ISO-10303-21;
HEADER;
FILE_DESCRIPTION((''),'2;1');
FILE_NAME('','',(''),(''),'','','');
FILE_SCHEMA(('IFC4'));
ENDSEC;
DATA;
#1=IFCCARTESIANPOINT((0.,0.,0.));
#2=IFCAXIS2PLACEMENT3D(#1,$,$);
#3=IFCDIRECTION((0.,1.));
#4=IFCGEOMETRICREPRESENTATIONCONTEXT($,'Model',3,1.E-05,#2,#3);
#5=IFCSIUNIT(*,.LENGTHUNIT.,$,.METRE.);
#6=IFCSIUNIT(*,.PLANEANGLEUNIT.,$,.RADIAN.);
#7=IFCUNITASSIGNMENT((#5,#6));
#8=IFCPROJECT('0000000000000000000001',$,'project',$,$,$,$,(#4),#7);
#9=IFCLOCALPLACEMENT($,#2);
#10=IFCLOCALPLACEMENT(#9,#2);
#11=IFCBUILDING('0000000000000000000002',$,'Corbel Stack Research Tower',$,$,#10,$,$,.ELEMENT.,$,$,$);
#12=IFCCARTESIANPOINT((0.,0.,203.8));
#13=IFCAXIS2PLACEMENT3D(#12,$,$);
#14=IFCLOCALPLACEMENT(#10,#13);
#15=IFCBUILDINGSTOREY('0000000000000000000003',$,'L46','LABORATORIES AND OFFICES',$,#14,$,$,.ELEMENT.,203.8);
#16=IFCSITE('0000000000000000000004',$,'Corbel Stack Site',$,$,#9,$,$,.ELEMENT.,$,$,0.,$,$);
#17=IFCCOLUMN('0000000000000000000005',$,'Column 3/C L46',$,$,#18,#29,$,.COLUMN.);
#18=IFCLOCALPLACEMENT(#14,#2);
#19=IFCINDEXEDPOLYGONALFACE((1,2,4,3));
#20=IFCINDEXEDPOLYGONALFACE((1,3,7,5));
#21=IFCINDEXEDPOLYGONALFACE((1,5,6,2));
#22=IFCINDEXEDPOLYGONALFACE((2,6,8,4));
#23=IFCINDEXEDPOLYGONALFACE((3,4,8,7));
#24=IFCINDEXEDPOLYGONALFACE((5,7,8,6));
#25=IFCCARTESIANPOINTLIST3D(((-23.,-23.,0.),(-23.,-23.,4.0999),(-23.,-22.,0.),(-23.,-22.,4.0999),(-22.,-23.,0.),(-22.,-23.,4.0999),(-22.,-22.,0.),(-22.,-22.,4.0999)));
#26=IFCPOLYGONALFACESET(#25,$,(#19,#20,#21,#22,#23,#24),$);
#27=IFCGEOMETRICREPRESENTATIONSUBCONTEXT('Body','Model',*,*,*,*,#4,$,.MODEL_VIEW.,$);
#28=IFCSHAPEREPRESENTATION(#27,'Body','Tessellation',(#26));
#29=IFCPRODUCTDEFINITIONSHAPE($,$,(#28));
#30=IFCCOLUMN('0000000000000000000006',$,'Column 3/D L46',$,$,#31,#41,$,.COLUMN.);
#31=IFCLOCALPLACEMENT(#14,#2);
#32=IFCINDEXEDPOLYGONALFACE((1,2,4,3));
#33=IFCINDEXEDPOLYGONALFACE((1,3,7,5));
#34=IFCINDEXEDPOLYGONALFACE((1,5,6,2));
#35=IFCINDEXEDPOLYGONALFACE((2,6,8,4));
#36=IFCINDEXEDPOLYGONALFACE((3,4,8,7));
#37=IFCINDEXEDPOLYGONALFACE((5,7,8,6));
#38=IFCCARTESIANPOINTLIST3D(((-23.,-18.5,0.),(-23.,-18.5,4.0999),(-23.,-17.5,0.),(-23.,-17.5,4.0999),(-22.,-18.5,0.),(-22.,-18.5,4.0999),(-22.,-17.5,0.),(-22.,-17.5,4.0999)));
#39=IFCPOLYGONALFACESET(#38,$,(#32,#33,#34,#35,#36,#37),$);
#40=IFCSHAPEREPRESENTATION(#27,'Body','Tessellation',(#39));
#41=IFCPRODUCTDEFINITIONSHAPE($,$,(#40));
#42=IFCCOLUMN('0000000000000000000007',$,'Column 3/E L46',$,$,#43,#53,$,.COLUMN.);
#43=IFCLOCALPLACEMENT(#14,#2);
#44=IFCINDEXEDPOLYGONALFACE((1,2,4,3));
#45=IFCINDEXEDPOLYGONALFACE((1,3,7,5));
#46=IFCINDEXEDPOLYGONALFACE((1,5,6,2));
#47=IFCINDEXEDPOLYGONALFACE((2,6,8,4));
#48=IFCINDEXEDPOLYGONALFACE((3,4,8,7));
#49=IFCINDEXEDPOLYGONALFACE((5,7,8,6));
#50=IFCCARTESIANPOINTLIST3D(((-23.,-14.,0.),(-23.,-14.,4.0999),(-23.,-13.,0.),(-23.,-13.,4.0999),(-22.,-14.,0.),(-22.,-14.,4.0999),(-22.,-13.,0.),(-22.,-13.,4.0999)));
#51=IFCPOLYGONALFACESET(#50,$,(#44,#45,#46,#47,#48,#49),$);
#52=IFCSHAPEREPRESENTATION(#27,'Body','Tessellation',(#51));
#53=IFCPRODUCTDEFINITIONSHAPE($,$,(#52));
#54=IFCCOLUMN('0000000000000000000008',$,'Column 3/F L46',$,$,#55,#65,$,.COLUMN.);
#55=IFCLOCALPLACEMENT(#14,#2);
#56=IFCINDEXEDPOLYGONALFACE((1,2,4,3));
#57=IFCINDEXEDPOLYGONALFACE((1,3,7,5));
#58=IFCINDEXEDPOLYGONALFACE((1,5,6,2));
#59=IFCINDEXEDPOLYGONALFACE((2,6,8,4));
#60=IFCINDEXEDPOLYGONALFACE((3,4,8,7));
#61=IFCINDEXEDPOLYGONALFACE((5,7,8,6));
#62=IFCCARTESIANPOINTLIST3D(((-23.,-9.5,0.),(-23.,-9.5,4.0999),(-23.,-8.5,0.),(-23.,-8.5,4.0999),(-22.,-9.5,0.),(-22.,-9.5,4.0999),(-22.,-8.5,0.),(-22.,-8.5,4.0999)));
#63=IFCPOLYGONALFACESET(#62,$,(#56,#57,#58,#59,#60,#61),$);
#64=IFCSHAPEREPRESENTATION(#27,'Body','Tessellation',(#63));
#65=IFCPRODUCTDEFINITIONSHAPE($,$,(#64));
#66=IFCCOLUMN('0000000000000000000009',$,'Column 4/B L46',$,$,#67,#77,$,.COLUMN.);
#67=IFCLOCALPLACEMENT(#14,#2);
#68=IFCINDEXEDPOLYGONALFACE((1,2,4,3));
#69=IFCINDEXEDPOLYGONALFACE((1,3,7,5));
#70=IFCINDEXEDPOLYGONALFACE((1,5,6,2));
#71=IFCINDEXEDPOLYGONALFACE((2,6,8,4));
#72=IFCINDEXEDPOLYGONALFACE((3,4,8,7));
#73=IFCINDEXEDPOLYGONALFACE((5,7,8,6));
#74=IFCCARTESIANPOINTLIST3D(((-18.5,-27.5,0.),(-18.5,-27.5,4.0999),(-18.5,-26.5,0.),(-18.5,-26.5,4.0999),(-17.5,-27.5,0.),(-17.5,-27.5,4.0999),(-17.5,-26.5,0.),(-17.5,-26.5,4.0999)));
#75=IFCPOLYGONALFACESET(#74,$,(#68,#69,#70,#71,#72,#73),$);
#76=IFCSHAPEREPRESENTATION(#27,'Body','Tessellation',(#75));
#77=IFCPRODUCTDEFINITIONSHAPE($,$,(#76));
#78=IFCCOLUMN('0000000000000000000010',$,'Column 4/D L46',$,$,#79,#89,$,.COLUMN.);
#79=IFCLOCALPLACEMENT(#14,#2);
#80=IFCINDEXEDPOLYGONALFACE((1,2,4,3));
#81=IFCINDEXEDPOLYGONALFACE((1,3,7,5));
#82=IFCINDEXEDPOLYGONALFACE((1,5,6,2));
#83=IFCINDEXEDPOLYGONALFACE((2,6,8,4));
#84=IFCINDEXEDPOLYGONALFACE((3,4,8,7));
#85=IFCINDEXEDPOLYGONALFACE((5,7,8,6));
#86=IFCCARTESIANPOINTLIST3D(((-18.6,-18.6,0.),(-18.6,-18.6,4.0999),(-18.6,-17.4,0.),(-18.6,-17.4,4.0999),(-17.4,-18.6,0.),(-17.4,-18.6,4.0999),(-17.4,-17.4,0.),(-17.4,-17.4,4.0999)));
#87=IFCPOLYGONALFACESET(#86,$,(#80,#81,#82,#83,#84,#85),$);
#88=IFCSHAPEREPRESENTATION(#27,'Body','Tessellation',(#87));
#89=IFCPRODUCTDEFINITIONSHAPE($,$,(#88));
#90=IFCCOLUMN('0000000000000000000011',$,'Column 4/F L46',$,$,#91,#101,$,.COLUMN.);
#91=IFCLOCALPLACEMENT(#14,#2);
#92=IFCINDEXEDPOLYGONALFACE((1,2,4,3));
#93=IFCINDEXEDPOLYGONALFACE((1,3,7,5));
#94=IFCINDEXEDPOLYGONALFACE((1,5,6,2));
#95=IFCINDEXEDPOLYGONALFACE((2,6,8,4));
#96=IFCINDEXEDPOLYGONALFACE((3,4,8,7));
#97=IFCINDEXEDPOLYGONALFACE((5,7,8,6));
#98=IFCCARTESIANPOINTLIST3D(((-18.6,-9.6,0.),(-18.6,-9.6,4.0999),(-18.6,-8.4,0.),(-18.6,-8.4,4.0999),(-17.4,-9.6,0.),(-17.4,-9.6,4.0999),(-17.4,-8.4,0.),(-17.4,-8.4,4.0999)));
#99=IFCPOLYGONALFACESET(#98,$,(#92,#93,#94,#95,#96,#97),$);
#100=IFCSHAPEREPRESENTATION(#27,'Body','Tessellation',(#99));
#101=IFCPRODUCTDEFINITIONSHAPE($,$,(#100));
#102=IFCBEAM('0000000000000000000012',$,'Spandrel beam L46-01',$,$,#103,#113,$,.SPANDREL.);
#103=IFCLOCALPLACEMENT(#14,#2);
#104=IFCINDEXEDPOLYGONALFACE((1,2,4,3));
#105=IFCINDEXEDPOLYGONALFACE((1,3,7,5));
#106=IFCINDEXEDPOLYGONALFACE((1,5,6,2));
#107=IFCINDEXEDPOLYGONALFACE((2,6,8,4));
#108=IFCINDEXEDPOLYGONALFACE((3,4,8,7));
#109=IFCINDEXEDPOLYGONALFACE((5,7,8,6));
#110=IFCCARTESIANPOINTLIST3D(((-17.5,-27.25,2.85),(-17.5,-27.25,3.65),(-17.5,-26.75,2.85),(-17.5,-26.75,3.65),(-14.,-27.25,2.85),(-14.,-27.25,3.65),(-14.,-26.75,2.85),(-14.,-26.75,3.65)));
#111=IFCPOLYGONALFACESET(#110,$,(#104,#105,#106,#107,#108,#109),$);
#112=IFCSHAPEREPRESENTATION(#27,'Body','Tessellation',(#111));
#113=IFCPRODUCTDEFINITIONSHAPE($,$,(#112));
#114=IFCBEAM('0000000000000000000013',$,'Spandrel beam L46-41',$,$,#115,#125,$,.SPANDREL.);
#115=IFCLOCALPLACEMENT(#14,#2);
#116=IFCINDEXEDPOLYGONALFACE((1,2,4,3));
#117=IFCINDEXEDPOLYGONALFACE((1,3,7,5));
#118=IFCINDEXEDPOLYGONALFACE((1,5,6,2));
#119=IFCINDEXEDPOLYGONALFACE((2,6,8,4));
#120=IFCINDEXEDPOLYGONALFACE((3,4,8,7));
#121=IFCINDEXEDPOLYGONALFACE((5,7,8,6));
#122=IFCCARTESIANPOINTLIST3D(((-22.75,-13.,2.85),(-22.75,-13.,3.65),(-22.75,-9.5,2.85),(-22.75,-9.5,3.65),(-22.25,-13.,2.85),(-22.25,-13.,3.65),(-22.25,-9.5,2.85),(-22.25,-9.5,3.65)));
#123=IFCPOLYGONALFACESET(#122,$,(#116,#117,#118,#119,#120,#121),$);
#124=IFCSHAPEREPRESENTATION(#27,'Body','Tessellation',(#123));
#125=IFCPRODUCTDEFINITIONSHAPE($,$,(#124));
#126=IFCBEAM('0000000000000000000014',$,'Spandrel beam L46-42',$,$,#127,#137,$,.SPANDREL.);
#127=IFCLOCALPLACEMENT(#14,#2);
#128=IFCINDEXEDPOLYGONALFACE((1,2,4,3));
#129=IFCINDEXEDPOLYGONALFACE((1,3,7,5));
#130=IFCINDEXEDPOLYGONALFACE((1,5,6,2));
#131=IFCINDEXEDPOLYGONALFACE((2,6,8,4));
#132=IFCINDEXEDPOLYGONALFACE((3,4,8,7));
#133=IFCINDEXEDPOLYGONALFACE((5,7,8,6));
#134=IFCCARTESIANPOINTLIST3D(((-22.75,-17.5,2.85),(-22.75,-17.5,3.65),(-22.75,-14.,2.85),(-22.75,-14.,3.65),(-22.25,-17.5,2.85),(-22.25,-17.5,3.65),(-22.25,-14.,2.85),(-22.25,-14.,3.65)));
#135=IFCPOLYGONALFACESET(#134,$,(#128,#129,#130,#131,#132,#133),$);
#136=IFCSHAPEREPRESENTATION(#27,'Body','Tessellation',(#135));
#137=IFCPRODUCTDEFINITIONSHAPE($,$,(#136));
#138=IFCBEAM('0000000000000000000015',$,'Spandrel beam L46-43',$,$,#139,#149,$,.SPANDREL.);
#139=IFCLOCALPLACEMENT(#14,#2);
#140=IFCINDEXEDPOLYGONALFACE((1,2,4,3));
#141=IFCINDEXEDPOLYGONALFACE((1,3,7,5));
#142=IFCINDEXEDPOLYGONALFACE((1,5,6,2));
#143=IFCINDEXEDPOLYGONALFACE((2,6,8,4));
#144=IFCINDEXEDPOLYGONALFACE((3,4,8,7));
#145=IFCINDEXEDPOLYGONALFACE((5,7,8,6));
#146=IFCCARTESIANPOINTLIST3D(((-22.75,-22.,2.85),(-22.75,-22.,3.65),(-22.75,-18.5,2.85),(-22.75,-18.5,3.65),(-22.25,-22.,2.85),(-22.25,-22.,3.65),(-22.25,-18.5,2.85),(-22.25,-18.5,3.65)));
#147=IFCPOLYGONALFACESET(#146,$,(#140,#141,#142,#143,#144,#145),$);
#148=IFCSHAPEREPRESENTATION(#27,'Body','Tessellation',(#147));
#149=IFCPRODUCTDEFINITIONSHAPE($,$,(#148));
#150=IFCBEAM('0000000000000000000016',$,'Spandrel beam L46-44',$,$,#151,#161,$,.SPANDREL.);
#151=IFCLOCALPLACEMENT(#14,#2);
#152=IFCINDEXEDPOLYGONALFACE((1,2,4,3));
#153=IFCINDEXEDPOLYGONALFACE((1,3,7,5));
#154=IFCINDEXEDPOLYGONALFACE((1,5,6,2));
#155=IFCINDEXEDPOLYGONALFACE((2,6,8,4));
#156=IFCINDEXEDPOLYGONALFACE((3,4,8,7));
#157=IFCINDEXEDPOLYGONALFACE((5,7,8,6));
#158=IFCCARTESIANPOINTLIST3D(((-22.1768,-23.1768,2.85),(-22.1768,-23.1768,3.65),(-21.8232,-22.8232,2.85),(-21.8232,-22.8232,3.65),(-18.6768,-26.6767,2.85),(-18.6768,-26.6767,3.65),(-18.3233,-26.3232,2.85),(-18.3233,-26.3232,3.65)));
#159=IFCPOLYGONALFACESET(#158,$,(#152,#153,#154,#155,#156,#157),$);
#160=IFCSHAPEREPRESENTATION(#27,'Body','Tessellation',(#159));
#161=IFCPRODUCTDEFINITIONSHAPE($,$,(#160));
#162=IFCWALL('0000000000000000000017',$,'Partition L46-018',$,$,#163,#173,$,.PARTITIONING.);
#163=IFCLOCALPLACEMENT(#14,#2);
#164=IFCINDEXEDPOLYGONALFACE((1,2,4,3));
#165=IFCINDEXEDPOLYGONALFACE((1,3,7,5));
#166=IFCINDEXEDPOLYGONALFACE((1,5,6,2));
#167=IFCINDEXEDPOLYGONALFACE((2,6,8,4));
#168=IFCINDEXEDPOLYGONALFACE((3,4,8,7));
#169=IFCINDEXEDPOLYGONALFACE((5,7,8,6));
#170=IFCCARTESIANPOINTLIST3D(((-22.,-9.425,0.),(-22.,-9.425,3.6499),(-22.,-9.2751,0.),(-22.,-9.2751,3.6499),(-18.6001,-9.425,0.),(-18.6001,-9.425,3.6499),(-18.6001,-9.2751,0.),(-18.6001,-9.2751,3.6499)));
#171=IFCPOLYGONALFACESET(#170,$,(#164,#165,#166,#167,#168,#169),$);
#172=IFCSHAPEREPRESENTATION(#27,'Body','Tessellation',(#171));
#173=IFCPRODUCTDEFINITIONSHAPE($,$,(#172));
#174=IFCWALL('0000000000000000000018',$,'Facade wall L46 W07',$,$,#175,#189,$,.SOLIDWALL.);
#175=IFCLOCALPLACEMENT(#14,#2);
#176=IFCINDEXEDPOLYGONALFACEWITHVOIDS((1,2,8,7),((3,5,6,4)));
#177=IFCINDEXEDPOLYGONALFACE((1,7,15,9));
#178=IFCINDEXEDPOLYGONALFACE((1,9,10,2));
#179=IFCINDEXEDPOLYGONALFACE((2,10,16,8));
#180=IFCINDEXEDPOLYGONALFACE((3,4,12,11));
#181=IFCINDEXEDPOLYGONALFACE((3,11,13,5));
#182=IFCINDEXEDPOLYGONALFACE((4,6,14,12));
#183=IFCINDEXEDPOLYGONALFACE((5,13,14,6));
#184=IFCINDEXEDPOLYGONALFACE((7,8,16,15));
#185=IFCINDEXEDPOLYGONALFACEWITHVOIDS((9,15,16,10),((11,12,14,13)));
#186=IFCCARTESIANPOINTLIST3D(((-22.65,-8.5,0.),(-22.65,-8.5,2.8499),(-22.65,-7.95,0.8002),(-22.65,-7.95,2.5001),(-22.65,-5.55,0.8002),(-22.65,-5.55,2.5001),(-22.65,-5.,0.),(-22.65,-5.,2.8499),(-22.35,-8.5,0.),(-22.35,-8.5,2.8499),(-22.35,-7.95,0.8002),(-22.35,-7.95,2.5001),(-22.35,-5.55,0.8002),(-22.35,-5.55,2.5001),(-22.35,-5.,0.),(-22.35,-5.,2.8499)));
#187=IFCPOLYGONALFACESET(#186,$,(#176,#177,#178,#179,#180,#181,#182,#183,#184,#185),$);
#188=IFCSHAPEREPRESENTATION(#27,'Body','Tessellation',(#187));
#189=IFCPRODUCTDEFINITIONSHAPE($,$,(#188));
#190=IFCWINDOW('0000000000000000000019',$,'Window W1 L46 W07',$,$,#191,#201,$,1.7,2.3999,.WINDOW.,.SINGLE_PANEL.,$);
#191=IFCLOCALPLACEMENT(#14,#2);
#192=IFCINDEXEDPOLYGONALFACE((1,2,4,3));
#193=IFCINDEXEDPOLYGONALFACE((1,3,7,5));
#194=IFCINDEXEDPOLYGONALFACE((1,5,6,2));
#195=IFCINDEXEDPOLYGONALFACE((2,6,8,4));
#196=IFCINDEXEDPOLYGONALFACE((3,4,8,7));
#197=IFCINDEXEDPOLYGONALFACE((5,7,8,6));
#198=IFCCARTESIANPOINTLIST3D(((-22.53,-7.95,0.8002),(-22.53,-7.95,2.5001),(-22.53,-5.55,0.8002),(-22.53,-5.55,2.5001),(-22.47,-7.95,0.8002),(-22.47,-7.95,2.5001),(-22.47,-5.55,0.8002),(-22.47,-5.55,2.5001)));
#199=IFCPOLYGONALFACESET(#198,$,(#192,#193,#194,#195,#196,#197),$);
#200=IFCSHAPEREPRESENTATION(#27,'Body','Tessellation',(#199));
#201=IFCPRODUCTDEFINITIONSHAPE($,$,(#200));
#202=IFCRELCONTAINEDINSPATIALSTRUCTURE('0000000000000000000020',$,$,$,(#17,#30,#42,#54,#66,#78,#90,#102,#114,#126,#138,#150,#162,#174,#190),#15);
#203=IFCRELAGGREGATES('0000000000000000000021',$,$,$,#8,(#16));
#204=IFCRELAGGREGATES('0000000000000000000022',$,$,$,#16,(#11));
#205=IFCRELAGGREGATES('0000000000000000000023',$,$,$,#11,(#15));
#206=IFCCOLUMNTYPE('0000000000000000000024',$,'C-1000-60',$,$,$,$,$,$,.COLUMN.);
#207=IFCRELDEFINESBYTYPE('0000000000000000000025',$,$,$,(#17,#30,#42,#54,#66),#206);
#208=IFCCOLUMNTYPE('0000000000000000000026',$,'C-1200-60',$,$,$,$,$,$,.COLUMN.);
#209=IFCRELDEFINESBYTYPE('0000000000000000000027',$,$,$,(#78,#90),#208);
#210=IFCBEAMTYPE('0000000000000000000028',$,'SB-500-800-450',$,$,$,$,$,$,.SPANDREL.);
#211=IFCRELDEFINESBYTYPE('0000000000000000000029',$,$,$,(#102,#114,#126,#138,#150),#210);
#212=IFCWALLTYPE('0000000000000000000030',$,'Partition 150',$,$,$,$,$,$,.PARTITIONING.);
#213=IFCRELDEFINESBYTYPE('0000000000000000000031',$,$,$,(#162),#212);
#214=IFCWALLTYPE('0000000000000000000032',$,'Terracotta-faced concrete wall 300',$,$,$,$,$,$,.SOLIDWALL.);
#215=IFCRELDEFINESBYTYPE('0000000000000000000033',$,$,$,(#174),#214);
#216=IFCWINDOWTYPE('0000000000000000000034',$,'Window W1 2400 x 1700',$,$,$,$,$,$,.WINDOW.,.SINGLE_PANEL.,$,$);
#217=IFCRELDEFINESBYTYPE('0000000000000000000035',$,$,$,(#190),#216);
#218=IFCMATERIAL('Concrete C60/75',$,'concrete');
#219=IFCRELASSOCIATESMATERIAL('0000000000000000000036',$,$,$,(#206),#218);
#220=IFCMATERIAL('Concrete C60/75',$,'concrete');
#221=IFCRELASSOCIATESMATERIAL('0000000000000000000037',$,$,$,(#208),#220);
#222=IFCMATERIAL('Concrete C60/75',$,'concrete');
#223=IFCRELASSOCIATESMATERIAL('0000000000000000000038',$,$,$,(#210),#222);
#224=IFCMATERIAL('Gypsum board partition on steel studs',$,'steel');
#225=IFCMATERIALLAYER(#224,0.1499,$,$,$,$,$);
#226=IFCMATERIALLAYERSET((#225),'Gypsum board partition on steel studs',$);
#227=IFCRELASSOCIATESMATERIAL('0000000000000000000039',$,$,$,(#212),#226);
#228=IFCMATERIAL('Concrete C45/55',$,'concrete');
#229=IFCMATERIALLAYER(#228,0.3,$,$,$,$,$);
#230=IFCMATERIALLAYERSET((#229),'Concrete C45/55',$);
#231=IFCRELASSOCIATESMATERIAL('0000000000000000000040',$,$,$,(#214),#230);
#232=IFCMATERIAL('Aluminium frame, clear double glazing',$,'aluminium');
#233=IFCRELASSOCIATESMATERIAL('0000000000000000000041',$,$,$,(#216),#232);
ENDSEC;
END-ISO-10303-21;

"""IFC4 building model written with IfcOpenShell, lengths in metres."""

from ifc_helpers import new_model, si_unit, direction, frame, frame_2d, origin, origin_2d, place, context, subcontext, project, spatial, rectangle, extrude, material, layer, layer_set, material_profile, profile_set, type_object, element, fill, save


model = new_model("IFC4")

# Units and contexts
model_context = context("Model", 3, precision=1e-05, world=origin(), true_north=direction((0.0, 1.0)))
body_context = subcontext(model_context, "Body", "Model", "MODEL_VIEW")
ifc_project = project(units=[si_unit("LENGTHUNIT", "METRE"), si_unit("PLANEANGLEUNIT", "RADIAN")], contexts=[model_context])

# Site, building, storey
site_placement = place(None, origin())
site = spatial("IfcSite", under=ifc_project, at=site_placement, Name="Corbel Stack Site", CompositionType="ELEMENT", RefElevation=0.0)
building_placement = place(site_placement, origin())
building = spatial("IfcBuilding", under=site, at=building_placement, Name="Corbel Stack Research Tower", CompositionType="ELEMENT")
storey_placement = place(building_placement, frame((0.0, 0.0, 203.8)))
storey = spatial("IfcBuildingStorey", under=building, at=storey_placement, Name="L46", Description="LABORATORIES AND OFFICES", CompositionType="ELEMENT", Elevation=203.8)

# Columns
ifc_material_1 = material(Name="Concrete C60/75", Category="concrete")
ifc_material_profile_1 = material_profile(ifc_material_1, rectangle(XDim=1.0, YDim=1.0, at=origin_2d()), Name="RC 1000 x 1000")
ifc_profile_set_1 = profile_set([ifc_material_profile_1], Name="Concrete C60/75")
column_type_1 = type_object("IfcColumnType", Name="C-1000-60", PredefinedType="COLUMN", material=ifc_profile_set_1)
for number, where, z_axis, x_axis, name in (
    (1, (-22.5, -22.5, 0.0), (0.0, 0.0, 1.0), (1.0, 0.0, 0.0), "Column 3/C L46"),
    (2, (-22.5, -18.0, 0.0), (0.0, 0.0, 1.0), (1.0, 0.0, 0.0), "Column 3/D L46"),
    (3, (-22.5, -13.5, 0.0), (0.0, 0.0, 1.0), (1.0, 0.0, 0.0), "Column 3/E L46"),
    (4, (-22.5, -9.0, 0.0), (0.0, 0.0, 1.0), (1.0, 0.0, 0.0), "Column 3/F L46"),
    (5, (-18.0, -27.0, 0.0), (0.0, 0.0, 1.0), (1.0, 0.0, 0.0), "Column 4/B L46"),
):
    element("IfcColumn", number, at=place(storey_placement, frame(where, z_axis=z_axis, x_axis=x_axis)), inside=storey, type_object=column_type_1, Name=name, PredefinedType="COLUMN", context=body_context, shape_type="SweptSolid", body=[
        extrude(rectangle(XDim=1.0, YDim=1.0, at=origin_2d()), origin(), (0.0, 0.0, 1.0), 4.0999),
    ])
ifc_material_2 = material(Name="Concrete C60/75", Category="concrete")
ifc_material_profile_2 = material_profile(ifc_material_2, rectangle(XDim=1.2, YDim=1.2, at=origin_2d()), Name="RC 1200 x 1200")
ifc_profile_set_2 = profile_set([ifc_material_profile_2], Name="Concrete C60/75")
column_type_2 = type_object("IfcColumnType", Name="C-1200-60", PredefinedType="COLUMN", material=ifc_profile_set_2)
for number, where, z_axis, x_axis, name in (
    (6, (-18.0, -18.0, 0.0), (0.0, 0.0, 1.0), (1.0, 0.0, 0.0), "Column 4/D L46"),
    (7, (-18.0, -9.0, 0.0), (0.0, 0.0, 1.0), (1.0, 0.0, 0.0), "Column 4/F L46"),
):
    element("IfcColumn", number, at=place(storey_placement, frame(where, z_axis=z_axis, x_axis=x_axis)), inside=storey, type_object=column_type_2, Name=name, PredefinedType="COLUMN", context=body_context, shape_type="SweptSolid", body=[
        extrude(rectangle(XDim=1.2, YDim=1.2, at=origin_2d()), origin(), (0.0, 0.0, 1.0), 4.0999),
    ])

# Beams
ifc_material_3 = material(Name="Concrete C60/75", Category="concrete")
ifc_material_profile_3 = material_profile(ifc_material_3, rectangle(XDim=0.5, YDim=0.8, at=origin_2d()), Name="RC 500 x 800")
ifc_profile_set_3 = profile_set([ifc_material_profile_3], Name="Concrete C60/75")
beam_type = type_object("IfcBeamType", Name="SB-500-800-450", PredefinedType="SPANDREL", material=ifc_profile_set_3)
for number, where, z_axis, x_axis, name in (
    (8, (-17.5, -27.0, 3.25), (1.0, 0.0, 0.0), (0.0, 1.0, 0.0), "Spandrel beam L46-01"),
    (9, (-22.5, -9.5, 3.25), (0.0, -1.0, 0.0), (1.0, 0.0, 0.0), "Spandrel beam L46-41"),
    (10, (-22.5, -14.0, 3.25), (0.0, -1.0, 0.0), (1.0, 0.0, 0.0), "Spandrel beam L46-42"),
    (11, (-22.5, -18.5, 3.25), (0.0, -1.0, 0.0), (1.0, 0.0, 0.0), "Spandrel beam L46-43"),
):
    element("IfcBeam", number, at=place(storey_placement, frame(where, z_axis=z_axis, x_axis=x_axis)), inside=storey, type_object=beam_type, Name=name, PredefinedType="SPANDREL", context=body_context, shape_type="SweptSolid", body=[
        extrude(rectangle(XDim=0.5, YDim=0.8, at=origin_2d()), origin(), (0.0, 0.0, 1.0), 3.5),
    ])
beam_placement = place(storey_placement, frame((-22.0, -23.0, 3.25), z_axis=(0.707107, -0.707107, 0.0), x_axis=(0.707107, 0.707107, 0.0)))
element("IfcBeam", 12, at=beam_placement, inside=storey, type_object=beam_type, Name="Spandrel beam L46-44", PredefinedType="SPANDREL", context=body_context, shape_type="SweptSolid", body=[
    extrude(rectangle(XDim=0.5, YDim=0.8, at=origin_2d()), origin(), (0.0, 0.0, 1.0), 4.9497),
])

# Wall
ifc_material_4 = material(Name="Gypsum board partition on steel studs", Category="steel")
ifc_layer_1 = layer(ifc_material_4, 0.1499)
ifc_layer_set_1 = layer_set([ifc_layer_1], Name="Gypsum board partition on steel studs")
wall_type_1 = type_object("IfcWallType", Name="Partition 150", PredefinedType="PARTITIONING", material=ifc_layer_set_1)
wall_1_placement = place(storey_placement, frame((-22.0, -9.3501, 0.0), z_axis=(0.0, 0.0, 1.0), x_axis=(1.0, 0.0, 0.0)))
element("IfcWall", 13, at=wall_1_placement, inside=storey, type_object=wall_type_1, Name="Partition L46-018", PredefinedType="PARTITIONING", context=body_context, shape_type="SweptSolid", body=[
    extrude(rectangle(XDim=3.3999, YDim=0.1499, at=frame_2d((1.7, 0.0))), origin(), (0.0, 0.0, 1.0), 3.6499),
])

# Wall, opening, window
ifc_material_5 = material(Name="Concrete C45/55", Category="concrete")
ifc_layer_2 = layer(ifc_material_5, 0.3)
ifc_layer_set_2 = layer_set([ifc_layer_2], Name="Concrete C45/55")
wall_type_2 = type_object("IfcWallType", Name="Terracotta-faced concrete wall 300", PredefinedType="SOLIDWALL", material=ifc_layer_set_2)
wall_2_placement = place(storey_placement, frame((-22.5, -8.5, 0.0), z_axis=(0.0, 0.0, 1.0), x_axis=(0.0, 1.0, 0.0)))
wall_2 = element("IfcWall", 14, at=wall_2_placement, inside=storey, type_object=wall_type_2, Name="Facade wall L46 W07", PredefinedType="SOLIDWALL", context=body_context, shape_type="SweptSolid", body=[
    extrude(rectangle(XDim=3.5, YDim=0.3, at=frame_2d((1.75, 0.0))), origin(), (0.0, 0.0, 1.0), 2.8499),
])
opening_1_placement = place(wall_2_placement, frame((0.55, 0.0, 0.8)))
opening_1 = element("IfcOpeningElement", 15, at=opening_1_placement, cuts=wall_2, PredefinedType="OPENING", context=body_context, shape_type="SweptSolid", body=[
    extrude(rectangle(XDim=2.3999, YDim=1.7, at=frame_2d((1.2, 0.8501))), frame((0.0, 0.1599, 0.0), z_axis=(0.0, -1.0, 0.0), x_axis=(1.0, 0.0, 0.0)), (0.0, 0.0, 1.0), 0.3201),
])
ifc_material_6 = material(Name="Aluminium frame, clear double glazing", Category="aluminium")
window_type = type_object("IfcWindowType", Name="Window W1 2400 x 1700", PartitioningType="SINGLE_PANEL", PredefinedType="WINDOW", material=ifc_material_6)
window_1_placement = place(opening_1_placement, origin())
window_1 = element("IfcWindow", 16, at=window_1_placement, inside=storey, type_object=window_type, Name="Window W1 L46 W07", OverallHeight=1.7, OverallWidth=2.3999, PartitioningType="SINGLE_PANEL", PredefinedType="WINDOW", context=body_context, shape_type="SweptSolid", body=[
    extrude(rectangle(XDim=2.3999, YDim=1.7, at=frame_2d((1.2, 0.8501))), frame((0.0, 0.03, 0.0), z_axis=(0.0, -1.0, 0.0), x_axis=(1.0, 0.0, 0.0)), (0.0, 0.0, 1.0), 0.0601),
])
fill(opening_1, window_1)

save(model, "model.ifc")
